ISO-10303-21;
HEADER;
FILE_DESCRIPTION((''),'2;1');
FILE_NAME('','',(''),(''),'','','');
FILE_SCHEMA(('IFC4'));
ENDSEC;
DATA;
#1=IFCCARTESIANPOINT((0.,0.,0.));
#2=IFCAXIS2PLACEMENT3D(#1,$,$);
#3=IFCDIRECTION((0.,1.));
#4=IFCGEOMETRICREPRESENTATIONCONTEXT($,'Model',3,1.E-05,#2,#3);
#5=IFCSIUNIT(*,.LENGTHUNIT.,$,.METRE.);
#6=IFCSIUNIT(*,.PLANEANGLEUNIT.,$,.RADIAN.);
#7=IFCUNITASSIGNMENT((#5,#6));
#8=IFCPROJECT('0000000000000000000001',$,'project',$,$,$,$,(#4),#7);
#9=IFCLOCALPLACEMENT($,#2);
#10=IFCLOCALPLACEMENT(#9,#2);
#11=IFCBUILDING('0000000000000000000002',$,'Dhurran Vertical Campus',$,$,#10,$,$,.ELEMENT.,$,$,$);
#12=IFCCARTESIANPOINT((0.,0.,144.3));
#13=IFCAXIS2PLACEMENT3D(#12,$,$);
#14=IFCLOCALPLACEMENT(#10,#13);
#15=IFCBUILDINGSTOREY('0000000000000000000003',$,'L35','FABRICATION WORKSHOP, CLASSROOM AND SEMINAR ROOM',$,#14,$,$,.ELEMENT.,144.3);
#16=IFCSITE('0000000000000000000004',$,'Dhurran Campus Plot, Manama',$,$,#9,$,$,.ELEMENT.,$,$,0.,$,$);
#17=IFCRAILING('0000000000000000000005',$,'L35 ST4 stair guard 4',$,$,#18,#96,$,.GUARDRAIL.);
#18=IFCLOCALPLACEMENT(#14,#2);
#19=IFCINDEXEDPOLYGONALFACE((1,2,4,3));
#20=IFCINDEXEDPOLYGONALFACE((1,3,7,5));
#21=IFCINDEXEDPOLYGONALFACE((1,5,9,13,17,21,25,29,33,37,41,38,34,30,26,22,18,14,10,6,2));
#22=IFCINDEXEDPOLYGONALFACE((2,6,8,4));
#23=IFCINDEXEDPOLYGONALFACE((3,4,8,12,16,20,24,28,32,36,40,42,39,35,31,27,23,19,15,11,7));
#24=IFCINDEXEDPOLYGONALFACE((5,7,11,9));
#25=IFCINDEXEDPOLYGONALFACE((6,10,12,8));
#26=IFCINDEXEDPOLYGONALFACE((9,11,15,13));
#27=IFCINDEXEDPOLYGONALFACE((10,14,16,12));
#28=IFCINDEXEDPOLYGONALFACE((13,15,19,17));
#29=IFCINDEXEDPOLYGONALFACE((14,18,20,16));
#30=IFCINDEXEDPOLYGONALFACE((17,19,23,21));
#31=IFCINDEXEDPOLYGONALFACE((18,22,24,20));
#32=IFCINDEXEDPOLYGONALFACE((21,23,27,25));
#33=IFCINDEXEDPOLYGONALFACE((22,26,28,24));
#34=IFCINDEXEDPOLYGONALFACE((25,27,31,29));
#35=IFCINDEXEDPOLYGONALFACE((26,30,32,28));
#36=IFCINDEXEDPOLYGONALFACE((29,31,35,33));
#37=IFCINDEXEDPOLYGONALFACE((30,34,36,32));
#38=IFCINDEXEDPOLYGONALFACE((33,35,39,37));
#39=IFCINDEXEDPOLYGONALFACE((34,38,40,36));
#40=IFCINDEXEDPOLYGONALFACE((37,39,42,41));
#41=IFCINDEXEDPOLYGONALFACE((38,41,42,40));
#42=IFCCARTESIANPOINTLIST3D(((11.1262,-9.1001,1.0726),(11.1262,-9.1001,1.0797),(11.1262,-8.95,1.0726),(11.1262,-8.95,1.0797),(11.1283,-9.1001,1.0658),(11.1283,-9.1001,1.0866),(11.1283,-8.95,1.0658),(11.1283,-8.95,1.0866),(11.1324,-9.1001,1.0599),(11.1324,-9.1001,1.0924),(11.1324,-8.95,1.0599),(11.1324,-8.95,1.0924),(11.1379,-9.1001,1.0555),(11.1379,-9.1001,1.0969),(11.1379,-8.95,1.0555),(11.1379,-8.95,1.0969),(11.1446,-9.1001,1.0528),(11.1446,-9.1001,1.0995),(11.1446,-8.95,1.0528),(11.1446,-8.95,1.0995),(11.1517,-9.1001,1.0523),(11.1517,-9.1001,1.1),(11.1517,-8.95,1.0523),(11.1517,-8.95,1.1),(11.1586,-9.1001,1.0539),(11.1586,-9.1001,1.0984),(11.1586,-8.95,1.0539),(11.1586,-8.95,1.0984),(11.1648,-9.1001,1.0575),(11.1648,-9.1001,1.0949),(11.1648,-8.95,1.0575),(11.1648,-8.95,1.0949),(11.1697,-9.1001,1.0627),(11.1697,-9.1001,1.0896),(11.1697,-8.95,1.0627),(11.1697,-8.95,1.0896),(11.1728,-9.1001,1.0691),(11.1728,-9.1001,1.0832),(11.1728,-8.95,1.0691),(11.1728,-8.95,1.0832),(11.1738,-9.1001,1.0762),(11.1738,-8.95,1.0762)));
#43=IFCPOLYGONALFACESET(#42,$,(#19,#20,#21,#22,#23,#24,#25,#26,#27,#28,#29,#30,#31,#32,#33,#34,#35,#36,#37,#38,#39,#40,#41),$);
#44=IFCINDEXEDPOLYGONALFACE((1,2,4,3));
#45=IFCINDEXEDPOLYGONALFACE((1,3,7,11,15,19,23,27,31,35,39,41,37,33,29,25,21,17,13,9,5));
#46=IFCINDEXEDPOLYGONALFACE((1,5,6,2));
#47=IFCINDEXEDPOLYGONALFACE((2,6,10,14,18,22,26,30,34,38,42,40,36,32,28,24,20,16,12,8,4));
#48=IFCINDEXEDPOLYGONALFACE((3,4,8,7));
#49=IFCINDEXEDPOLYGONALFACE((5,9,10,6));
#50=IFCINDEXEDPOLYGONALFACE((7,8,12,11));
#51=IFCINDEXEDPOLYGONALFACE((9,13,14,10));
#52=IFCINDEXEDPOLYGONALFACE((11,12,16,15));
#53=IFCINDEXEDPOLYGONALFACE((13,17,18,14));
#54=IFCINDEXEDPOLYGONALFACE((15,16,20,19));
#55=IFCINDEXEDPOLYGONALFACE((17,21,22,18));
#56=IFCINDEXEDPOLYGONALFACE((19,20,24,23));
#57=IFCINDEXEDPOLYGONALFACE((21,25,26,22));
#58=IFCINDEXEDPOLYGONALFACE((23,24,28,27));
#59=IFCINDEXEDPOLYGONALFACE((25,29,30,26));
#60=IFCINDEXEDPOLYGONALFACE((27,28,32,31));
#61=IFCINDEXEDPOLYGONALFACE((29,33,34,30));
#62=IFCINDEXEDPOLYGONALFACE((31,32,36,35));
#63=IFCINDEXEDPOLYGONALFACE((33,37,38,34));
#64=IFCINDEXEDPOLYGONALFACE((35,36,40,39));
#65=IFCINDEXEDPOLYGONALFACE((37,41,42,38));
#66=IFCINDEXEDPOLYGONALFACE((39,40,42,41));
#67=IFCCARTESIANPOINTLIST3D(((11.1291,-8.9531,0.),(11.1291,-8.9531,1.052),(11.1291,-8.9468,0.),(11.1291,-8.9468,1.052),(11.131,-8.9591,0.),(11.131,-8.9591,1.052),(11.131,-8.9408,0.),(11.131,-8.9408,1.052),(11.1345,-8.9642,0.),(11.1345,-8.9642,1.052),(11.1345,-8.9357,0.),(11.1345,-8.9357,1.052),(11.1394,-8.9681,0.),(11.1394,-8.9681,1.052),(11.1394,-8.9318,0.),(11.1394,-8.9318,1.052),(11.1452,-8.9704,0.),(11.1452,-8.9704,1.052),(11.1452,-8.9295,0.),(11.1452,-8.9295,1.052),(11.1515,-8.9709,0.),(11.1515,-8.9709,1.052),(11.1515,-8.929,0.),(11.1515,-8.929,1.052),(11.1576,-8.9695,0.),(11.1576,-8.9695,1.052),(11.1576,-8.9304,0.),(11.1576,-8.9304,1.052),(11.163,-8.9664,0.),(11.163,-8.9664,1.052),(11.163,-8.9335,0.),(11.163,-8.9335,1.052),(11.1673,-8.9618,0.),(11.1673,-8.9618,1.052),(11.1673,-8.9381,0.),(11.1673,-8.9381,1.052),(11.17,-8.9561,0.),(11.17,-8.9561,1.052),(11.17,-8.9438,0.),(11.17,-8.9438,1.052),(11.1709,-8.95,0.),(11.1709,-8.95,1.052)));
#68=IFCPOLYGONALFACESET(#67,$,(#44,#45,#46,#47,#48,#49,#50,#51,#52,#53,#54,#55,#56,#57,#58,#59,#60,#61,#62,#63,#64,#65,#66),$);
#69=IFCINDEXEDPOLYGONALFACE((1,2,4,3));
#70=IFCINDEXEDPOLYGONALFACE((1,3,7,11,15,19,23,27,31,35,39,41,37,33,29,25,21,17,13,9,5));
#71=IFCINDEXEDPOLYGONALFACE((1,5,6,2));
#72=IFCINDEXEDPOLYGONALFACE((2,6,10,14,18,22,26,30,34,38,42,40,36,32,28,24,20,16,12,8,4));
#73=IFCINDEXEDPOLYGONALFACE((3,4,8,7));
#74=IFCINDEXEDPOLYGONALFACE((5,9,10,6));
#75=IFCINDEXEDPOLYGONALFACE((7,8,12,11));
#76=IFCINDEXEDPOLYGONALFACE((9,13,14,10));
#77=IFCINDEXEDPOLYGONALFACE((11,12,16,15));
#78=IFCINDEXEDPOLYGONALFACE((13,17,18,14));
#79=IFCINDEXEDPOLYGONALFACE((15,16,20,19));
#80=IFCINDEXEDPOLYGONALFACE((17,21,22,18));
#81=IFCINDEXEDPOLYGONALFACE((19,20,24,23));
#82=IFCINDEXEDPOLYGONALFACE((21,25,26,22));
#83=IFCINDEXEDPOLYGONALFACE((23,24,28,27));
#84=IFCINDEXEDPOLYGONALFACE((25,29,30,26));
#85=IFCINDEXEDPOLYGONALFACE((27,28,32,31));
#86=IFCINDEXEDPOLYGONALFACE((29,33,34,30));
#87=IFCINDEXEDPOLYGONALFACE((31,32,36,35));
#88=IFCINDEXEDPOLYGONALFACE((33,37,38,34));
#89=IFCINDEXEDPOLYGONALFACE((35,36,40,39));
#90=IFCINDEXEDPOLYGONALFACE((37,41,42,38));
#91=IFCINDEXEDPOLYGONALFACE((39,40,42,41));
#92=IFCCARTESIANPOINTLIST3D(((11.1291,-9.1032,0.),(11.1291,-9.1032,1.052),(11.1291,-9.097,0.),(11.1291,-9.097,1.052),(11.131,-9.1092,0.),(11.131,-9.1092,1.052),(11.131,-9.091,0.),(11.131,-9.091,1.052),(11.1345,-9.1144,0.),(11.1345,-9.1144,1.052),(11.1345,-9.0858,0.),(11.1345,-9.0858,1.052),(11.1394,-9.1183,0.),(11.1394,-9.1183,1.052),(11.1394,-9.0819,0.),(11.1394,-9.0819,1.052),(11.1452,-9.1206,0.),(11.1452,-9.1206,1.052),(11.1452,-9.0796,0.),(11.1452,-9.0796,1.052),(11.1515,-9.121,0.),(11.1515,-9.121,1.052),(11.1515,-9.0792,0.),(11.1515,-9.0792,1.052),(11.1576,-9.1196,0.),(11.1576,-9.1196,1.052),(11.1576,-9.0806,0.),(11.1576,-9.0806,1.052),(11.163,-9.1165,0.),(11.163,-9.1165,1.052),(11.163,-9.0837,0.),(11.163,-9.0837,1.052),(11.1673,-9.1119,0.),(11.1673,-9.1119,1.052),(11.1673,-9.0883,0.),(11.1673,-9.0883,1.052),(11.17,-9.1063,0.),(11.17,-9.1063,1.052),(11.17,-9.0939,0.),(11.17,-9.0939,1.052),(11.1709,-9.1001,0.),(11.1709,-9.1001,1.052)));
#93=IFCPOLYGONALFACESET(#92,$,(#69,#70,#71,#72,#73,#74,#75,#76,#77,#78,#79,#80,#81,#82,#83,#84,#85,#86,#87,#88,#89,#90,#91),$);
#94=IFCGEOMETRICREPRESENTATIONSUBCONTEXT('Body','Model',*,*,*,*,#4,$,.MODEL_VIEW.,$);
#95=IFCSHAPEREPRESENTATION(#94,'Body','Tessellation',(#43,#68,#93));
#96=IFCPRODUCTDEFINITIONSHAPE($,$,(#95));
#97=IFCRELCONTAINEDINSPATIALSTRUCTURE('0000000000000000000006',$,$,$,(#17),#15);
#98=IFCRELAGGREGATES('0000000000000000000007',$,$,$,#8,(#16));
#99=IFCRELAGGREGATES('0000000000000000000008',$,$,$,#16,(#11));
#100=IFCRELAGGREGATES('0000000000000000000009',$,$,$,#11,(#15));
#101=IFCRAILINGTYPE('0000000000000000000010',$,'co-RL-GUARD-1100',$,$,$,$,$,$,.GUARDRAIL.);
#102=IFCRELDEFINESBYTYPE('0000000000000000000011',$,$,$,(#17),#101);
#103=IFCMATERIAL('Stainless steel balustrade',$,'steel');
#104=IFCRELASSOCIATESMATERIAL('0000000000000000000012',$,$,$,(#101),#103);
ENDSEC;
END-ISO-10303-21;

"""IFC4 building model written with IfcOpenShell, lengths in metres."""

from ifc_helpers import new_model, si_unit, direction, frame, origin, origin_2d, place, context, subcontext, project, spatial, circle, extrude, material, type_object, element, save


model = new_model("IFC4")

# Units and contexts
model_context = context("Model", 3, precision=1e-05, world=origin(), true_north=direction((0.0, 1.0)))
body_context = subcontext(model_context, "Body", "Model", "MODEL_VIEW")
ifc_project = project(units=[si_unit("LENGTHUNIT", "METRE"), si_unit("PLANEANGLEUNIT", "RADIAN")], contexts=[model_context])

# Site, building, storey
site_placement = place(None, origin())
site = spatial("IfcSite", under=ifc_project, at=site_placement, Name="Dhurran Campus Plot, Manama", CompositionType="ELEMENT", RefElevation=0.0)
building_placement = place(site_placement, origin())
building = spatial("IfcBuilding", under=site, at=building_placement, Name="Dhurran Vertical Campus", CompositionType="ELEMENT")
storey_placement = place(building_placement, frame((0.0, 0.0, 144.3)))
storey = spatial("IfcBuildingStorey", under=building, at=storey_placement, Name="L35", Description="FABRICATION WORKSHOP, CLASSROOM AND SEMINAR ROOM", CompositionType="ELEMENT", Elevation=144.3)

# Railing
ifc_material_1 = material(Name="Stainless steel balustrade", Category="steel")
railing_type_1 = type_object("IfcRailingType", Name="co-RL-GUARD-1100", PredefinedType="GUARDRAIL", material=ifc_material_1)
railing_1_placement = place(storey_placement, frame((11.1499, -8.95, 0.0)))
element("IfcRailing", 1, at=railing_1_placement, inside=storey, type_object=railing_type_1, Name="L35 ST4 stair guard 4", PredefinedType="GUARDRAIL", context=body_context, shape_type="SweptSolid", body=[
    extrude(circle(Radius=0.0239, at=origin_2d()), frame((0.0, 0.0, 1.0762), z_axis=(0.0, -1.0, 0.0), x_axis=(1.0, 0.0, 0.0)), (0.0, 0.0, 1.0), 0.1501),
    extrude(circle(Radius=0.021, at=origin_2d()), origin(), (0.0, 0.0, 1.0), 1.052),
    extrude(circle(Radius=0.021, at=origin_2d()), frame((0.0, -0.1501, 0.0)), (0.0, 0.0, 1.0), 1.052),
])

save(model, "model.ifc")
